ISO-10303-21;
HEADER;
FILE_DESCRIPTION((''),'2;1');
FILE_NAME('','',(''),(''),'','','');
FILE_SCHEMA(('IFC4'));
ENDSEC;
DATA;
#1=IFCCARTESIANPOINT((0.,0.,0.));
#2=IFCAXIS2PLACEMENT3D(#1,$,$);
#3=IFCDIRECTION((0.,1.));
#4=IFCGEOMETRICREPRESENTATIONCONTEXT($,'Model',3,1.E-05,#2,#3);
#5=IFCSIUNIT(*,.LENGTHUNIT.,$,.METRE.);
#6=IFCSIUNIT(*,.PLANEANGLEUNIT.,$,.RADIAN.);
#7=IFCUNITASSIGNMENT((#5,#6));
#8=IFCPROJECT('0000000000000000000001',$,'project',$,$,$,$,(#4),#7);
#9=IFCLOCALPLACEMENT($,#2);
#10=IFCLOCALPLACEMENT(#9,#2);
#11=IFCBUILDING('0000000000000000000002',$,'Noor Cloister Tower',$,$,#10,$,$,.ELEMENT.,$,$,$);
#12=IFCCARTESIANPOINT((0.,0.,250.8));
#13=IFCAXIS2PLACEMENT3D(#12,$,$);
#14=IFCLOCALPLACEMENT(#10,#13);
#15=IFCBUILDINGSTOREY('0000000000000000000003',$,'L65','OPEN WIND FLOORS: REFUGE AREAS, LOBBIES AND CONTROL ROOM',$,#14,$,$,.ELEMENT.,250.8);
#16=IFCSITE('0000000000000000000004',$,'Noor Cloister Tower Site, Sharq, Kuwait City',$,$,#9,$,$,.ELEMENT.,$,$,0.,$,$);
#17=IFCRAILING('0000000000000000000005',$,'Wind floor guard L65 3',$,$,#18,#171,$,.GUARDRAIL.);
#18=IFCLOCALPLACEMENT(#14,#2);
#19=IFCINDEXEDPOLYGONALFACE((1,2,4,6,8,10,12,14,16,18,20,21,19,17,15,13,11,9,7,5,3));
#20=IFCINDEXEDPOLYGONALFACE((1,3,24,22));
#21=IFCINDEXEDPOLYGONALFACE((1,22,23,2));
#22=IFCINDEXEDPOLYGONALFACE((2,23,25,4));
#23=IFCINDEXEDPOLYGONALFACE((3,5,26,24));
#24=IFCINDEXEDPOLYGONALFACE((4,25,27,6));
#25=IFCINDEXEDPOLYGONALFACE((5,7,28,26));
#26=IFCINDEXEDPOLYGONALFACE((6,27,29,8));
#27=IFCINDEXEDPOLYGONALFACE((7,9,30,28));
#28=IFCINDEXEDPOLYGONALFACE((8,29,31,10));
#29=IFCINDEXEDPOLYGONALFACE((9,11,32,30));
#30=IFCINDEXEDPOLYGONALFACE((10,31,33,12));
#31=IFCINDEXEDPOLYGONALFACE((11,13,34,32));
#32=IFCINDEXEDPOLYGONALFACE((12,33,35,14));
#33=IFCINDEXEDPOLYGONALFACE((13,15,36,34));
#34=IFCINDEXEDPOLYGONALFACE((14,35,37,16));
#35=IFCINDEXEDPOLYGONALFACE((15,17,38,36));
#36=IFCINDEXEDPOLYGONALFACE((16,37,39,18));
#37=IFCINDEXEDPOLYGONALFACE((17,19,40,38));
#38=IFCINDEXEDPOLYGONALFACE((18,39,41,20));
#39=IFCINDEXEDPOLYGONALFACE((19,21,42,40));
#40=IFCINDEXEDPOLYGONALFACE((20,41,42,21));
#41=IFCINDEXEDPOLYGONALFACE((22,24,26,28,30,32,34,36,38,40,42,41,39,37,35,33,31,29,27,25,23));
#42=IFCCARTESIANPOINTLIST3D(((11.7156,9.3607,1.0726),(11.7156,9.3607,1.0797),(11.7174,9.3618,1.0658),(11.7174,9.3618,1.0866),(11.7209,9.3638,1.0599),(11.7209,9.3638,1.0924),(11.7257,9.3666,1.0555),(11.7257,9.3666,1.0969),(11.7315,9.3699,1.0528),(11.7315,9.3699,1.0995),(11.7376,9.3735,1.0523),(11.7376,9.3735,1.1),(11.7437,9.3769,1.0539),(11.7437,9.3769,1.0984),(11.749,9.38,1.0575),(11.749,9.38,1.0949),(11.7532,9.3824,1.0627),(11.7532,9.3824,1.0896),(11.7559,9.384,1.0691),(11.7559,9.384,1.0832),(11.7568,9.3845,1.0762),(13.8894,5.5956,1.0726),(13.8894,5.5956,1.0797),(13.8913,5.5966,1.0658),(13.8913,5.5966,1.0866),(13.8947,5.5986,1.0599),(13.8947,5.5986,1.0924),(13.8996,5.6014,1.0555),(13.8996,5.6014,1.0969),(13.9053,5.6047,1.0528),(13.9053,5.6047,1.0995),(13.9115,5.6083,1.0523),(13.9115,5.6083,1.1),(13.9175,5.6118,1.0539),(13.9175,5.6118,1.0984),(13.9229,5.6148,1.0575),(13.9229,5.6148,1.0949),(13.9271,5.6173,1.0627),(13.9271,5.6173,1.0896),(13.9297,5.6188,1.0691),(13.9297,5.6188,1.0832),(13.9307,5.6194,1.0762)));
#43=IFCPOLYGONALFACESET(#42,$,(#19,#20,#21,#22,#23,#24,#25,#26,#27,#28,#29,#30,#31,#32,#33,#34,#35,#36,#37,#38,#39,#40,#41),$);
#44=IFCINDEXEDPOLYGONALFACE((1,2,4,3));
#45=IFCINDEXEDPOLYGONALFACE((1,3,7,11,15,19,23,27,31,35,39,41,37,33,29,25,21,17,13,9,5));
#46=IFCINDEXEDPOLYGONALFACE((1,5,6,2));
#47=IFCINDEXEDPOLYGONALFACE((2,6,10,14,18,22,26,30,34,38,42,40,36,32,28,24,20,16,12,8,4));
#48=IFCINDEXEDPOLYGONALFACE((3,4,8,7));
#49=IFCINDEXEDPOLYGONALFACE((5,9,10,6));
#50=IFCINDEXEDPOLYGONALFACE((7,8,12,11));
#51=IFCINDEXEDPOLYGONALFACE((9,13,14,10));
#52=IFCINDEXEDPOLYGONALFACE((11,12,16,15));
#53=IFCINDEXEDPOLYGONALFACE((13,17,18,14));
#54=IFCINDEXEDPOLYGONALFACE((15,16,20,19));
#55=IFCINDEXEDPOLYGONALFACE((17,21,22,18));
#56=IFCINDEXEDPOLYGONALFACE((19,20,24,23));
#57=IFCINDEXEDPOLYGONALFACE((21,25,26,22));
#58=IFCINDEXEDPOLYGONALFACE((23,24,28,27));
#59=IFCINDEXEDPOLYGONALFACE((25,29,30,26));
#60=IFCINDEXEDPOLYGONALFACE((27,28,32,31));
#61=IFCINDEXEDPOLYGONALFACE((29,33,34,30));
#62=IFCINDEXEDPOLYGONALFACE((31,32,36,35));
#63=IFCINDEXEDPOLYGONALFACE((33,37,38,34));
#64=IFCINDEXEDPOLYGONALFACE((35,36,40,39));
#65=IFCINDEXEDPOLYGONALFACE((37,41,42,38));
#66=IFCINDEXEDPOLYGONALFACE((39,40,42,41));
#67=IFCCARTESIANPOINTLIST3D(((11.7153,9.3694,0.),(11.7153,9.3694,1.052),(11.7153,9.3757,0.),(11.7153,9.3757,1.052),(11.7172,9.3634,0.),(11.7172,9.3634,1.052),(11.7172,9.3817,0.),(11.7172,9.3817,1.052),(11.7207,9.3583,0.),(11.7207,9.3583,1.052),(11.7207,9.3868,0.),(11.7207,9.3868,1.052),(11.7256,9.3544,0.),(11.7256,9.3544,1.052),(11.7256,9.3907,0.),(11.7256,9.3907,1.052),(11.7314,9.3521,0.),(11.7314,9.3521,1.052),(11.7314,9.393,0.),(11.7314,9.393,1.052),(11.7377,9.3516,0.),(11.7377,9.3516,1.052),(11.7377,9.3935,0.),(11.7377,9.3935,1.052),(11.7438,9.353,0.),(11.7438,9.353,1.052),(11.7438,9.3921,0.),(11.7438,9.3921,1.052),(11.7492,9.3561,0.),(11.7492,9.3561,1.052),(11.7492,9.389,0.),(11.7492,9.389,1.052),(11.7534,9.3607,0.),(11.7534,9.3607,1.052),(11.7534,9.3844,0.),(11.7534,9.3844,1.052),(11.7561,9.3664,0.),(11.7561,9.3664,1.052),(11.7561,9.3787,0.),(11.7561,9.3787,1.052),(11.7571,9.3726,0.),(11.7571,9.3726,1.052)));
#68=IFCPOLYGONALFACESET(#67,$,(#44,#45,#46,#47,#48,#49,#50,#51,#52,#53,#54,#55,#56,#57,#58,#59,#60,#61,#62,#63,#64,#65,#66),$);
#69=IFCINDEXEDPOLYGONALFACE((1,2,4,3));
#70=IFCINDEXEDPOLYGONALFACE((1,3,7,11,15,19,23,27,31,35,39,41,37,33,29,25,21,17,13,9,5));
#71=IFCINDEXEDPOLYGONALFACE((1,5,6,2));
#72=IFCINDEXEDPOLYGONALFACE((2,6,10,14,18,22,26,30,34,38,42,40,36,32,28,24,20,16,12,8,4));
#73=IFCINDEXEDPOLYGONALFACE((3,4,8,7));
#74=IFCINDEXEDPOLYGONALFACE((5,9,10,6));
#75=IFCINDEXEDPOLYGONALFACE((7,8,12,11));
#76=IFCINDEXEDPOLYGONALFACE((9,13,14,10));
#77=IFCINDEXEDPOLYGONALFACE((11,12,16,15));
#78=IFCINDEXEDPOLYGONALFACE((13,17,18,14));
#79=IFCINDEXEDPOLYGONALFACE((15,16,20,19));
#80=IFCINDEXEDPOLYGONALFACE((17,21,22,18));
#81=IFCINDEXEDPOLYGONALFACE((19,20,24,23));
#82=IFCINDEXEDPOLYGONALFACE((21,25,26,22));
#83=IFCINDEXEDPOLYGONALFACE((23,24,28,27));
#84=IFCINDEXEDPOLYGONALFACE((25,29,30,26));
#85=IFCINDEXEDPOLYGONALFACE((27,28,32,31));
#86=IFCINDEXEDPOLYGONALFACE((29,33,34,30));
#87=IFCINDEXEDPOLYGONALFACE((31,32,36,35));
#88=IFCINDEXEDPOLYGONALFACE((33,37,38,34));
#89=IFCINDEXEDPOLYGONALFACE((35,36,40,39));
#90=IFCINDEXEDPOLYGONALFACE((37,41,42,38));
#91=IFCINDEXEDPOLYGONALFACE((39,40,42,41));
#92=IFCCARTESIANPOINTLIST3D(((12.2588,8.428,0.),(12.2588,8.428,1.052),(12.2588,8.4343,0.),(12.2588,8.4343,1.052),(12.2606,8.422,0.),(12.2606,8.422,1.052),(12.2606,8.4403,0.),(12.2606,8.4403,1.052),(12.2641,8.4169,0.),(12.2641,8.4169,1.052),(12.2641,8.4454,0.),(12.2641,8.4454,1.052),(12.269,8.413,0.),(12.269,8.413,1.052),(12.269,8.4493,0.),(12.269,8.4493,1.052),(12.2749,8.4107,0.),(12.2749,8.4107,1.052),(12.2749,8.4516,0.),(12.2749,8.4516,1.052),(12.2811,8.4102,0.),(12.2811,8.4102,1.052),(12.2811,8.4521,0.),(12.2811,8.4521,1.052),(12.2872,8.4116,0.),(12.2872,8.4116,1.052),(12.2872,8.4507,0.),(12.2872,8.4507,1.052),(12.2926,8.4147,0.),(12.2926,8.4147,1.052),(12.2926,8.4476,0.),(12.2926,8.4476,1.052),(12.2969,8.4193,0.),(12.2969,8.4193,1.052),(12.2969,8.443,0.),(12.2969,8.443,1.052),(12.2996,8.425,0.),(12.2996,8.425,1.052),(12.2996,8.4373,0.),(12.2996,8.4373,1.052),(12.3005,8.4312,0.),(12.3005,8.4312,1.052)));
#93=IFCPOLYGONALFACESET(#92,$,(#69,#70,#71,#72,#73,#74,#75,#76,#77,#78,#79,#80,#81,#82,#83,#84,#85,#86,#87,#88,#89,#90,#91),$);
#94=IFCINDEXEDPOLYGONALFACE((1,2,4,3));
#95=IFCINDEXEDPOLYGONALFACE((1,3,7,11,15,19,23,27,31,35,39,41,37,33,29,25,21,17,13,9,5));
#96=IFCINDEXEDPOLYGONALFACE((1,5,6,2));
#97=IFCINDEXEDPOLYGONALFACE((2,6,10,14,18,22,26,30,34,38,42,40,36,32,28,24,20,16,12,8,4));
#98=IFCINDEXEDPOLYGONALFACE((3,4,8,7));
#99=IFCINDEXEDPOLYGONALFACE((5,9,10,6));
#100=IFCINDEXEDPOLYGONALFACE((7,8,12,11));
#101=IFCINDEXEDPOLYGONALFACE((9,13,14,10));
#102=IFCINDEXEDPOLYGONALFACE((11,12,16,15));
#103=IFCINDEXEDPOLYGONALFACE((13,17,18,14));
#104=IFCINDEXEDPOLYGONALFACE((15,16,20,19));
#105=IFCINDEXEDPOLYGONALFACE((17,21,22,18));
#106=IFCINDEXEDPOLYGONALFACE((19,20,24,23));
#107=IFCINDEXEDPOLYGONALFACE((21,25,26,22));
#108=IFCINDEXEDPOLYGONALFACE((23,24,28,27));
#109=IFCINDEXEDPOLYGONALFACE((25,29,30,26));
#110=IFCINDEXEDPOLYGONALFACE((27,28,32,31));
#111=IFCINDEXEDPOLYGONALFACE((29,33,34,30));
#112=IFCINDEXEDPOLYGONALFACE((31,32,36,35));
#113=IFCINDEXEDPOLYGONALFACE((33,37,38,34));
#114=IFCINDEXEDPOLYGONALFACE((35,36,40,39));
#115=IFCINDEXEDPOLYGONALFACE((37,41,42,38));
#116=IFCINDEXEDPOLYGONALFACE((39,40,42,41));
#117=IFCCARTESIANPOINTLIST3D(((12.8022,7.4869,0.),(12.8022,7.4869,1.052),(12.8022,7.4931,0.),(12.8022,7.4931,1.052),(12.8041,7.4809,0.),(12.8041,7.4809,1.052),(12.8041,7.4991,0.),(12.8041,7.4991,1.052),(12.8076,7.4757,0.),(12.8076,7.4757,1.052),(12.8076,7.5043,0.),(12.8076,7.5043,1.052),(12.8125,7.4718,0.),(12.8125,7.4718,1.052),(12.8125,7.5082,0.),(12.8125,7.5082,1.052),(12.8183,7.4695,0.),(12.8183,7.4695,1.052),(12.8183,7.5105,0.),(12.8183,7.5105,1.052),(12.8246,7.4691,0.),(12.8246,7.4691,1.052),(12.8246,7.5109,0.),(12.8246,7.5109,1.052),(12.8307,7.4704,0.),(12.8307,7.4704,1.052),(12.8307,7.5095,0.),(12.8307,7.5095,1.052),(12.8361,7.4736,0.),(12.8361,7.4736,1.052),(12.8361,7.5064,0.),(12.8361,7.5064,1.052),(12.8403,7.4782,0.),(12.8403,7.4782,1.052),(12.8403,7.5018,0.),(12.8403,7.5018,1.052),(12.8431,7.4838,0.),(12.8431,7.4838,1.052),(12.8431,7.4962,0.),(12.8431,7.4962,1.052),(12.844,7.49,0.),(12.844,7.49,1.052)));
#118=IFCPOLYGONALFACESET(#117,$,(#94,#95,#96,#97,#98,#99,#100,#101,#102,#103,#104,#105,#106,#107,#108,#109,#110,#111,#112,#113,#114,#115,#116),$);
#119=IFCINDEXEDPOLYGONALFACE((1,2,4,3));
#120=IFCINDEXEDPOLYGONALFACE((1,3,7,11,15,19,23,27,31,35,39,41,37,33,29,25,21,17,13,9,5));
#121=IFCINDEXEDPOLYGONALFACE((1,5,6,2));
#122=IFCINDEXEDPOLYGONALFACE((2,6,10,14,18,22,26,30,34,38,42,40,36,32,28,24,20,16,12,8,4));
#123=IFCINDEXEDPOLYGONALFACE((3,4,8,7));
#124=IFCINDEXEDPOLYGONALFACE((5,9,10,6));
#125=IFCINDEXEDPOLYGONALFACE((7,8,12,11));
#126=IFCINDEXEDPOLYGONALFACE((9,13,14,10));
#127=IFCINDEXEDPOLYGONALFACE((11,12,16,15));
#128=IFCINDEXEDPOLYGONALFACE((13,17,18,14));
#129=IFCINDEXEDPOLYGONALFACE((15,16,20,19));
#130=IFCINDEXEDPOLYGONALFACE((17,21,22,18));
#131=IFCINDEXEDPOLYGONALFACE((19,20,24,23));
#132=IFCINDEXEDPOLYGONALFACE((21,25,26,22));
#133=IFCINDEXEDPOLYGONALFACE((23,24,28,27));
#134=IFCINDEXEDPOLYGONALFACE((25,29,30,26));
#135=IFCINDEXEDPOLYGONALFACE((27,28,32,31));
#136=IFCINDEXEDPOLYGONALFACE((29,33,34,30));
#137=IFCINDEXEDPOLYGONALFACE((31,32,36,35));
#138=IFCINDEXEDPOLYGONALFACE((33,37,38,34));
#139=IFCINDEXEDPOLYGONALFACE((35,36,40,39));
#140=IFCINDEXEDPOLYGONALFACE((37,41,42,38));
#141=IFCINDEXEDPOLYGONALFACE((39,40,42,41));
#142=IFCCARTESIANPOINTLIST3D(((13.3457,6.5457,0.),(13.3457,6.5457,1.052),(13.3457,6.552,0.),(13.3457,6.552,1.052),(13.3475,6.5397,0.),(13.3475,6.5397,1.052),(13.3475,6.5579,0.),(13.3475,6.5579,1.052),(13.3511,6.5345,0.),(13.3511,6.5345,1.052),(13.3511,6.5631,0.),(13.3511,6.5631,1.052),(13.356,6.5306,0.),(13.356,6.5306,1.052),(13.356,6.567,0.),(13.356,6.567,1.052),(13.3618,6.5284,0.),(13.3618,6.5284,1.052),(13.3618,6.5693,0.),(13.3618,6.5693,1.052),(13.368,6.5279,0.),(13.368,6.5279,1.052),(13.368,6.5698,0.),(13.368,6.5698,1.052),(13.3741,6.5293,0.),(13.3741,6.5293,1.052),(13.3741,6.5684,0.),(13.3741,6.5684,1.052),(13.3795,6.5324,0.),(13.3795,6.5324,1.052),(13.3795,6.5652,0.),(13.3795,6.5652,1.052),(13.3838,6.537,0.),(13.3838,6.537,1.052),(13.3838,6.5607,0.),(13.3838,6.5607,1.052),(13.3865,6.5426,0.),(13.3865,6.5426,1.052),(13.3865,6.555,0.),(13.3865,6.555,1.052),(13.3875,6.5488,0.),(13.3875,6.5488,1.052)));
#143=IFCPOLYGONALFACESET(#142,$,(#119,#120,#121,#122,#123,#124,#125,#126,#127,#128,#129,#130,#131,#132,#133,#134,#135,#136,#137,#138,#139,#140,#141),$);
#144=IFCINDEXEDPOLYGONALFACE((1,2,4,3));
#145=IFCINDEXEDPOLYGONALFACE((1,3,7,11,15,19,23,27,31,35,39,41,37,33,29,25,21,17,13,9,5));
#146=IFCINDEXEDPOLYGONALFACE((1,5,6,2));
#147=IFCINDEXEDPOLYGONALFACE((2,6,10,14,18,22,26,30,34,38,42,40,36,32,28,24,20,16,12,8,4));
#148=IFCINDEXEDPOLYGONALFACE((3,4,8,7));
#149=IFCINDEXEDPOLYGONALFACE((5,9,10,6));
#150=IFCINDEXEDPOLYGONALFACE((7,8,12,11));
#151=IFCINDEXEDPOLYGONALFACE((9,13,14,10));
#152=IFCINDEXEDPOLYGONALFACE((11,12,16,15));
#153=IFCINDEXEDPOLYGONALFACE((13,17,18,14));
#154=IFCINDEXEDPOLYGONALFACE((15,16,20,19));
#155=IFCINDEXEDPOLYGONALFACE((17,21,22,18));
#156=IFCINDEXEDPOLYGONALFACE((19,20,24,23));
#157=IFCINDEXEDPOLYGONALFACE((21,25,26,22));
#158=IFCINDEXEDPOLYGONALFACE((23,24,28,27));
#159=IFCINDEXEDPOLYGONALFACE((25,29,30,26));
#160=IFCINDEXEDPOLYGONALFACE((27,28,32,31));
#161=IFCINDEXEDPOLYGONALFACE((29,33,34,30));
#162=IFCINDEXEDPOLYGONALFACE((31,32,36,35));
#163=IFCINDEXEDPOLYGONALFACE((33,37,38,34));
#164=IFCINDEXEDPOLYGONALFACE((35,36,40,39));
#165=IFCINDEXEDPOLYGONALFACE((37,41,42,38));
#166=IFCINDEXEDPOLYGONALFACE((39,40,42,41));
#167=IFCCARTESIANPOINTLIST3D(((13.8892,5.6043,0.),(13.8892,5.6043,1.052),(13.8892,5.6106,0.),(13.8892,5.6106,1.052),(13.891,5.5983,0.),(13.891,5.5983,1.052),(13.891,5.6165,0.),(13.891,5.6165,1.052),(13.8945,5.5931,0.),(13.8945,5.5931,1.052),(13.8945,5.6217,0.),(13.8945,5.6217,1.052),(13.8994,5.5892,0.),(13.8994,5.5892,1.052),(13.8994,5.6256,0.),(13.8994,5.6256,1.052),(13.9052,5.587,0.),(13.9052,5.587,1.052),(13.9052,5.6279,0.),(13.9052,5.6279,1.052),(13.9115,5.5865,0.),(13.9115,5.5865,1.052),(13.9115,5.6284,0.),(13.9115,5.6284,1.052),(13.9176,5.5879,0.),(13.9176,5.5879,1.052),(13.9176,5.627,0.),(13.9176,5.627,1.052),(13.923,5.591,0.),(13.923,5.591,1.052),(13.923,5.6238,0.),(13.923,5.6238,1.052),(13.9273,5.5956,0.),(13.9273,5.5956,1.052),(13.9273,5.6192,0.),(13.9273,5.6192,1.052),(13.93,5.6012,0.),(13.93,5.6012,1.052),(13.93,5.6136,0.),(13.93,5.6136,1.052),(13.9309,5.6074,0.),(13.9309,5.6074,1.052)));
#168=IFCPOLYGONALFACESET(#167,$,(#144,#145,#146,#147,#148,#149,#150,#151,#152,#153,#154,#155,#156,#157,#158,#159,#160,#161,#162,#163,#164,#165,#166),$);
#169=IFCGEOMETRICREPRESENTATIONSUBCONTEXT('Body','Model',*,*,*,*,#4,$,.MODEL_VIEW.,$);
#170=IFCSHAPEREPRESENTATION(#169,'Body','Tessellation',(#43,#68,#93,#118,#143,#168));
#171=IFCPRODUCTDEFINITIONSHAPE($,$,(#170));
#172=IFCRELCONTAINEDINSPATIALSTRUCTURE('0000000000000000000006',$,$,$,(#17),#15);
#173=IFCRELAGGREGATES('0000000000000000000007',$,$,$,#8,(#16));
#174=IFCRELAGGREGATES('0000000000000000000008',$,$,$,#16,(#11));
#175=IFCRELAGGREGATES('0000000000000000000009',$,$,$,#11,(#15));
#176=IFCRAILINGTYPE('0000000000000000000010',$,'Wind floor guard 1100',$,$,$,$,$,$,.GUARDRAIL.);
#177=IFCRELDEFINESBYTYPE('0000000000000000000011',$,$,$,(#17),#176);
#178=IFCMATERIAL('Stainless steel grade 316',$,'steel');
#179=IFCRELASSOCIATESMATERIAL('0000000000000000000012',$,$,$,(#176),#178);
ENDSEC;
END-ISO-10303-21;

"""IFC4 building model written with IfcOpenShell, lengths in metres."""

from ifc_helpers import new_model, si_unit, direction, frame, origin, origin_2d, place, context, subcontext, project, spatial, circle, extrude, material, type_object, element, save


model = new_model("IFC4")

# Units and contexts
model_context = context("Model", 3, precision=1e-05, world=origin(), true_north=direction((0.0, 1.0)))
body_context = subcontext(model_context, "Body", "Model", "MODEL_VIEW")
ifc_project = project(units=[si_unit("LENGTHUNIT", "METRE"), si_unit("PLANEANGLEUNIT", "RADIAN")], contexts=[model_context])

# Site, building, storey
site_placement = place(None, origin())
site = spatial("IfcSite", under=ifc_project, at=site_placement, Name="Noor Cloister Tower Site, Sharq, Kuwait City", CompositionType="ELEMENT", RefElevation=0.0)
building_placement = place(site_placement, origin())
building = spatial("IfcBuilding", under=site, at=building_placement, Name="Noor Cloister Tower", CompositionType="ELEMENT")
storey_placement = place(building_placement, frame((0.0, 0.0, 250.8)))
storey = spatial("IfcBuildingStorey", under=building, at=storey_placement, Name="L65", Description="OPEN WIND FLOORS: REFUGE AREAS, LOBBIES AND CONTROL ROOM", CompositionType="ELEMENT", Elevation=250.8)

# Railing
ifc_material_1 = material(Name="Stainless steel grade 316", Category="steel")
railing_type = type_object("IfcRailingType", Name="Wind floor guard 1100", PredefinedType="GUARDRAIL", material=ifc_material_1)
railing_1_placement = place(storey_placement, frame((11.7361, 9.3726, 0.0)))
element("IfcRailing", 1, at=railing_1_placement, inside=storey, type_object=railing_type, Name="Wind floor guard L65 3", PredefinedType="GUARDRAIL", context=body_context, shape_type="SweptSolid", body=[
    extrude(circle(Radius=0.0239, at=origin_2d()), frame((0.0, 0.0, 1.0762), z_axis=(0.500004, -0.866023, 0.0), x_axis=(0.866023, 0.500004, 0.0)), (0.0, 0.0, 1.0), 4.3477),
    extrude(circle(Radius=0.021, at=origin_2d()), origin(), (0.0, 0.0, 1.0), 1.052),
    extrude(circle(Radius=0.021, at=origin_2d()), frame((0.5435, -0.9414, 0.0)), (0.0, 0.0, 1.0), 1.052),
    extrude(circle(Radius=0.021, at=origin_2d()), frame((1.0869, -1.8826, 0.0)), (0.0, 0.0, 1.0), 1.052),
    extrude(circle(Radius=0.021, at=origin_2d()), frame((1.6304, -2.8237, 0.0)), (0.0, 0.0, 1.0), 1.052),
    extrude(circle(Radius=0.021, at=origin_2d()), frame((2.1738, -3.7651, 0.0)), (0.0, 0.0, 1.0), 1.052),
])

save(model, "model.ifc")
